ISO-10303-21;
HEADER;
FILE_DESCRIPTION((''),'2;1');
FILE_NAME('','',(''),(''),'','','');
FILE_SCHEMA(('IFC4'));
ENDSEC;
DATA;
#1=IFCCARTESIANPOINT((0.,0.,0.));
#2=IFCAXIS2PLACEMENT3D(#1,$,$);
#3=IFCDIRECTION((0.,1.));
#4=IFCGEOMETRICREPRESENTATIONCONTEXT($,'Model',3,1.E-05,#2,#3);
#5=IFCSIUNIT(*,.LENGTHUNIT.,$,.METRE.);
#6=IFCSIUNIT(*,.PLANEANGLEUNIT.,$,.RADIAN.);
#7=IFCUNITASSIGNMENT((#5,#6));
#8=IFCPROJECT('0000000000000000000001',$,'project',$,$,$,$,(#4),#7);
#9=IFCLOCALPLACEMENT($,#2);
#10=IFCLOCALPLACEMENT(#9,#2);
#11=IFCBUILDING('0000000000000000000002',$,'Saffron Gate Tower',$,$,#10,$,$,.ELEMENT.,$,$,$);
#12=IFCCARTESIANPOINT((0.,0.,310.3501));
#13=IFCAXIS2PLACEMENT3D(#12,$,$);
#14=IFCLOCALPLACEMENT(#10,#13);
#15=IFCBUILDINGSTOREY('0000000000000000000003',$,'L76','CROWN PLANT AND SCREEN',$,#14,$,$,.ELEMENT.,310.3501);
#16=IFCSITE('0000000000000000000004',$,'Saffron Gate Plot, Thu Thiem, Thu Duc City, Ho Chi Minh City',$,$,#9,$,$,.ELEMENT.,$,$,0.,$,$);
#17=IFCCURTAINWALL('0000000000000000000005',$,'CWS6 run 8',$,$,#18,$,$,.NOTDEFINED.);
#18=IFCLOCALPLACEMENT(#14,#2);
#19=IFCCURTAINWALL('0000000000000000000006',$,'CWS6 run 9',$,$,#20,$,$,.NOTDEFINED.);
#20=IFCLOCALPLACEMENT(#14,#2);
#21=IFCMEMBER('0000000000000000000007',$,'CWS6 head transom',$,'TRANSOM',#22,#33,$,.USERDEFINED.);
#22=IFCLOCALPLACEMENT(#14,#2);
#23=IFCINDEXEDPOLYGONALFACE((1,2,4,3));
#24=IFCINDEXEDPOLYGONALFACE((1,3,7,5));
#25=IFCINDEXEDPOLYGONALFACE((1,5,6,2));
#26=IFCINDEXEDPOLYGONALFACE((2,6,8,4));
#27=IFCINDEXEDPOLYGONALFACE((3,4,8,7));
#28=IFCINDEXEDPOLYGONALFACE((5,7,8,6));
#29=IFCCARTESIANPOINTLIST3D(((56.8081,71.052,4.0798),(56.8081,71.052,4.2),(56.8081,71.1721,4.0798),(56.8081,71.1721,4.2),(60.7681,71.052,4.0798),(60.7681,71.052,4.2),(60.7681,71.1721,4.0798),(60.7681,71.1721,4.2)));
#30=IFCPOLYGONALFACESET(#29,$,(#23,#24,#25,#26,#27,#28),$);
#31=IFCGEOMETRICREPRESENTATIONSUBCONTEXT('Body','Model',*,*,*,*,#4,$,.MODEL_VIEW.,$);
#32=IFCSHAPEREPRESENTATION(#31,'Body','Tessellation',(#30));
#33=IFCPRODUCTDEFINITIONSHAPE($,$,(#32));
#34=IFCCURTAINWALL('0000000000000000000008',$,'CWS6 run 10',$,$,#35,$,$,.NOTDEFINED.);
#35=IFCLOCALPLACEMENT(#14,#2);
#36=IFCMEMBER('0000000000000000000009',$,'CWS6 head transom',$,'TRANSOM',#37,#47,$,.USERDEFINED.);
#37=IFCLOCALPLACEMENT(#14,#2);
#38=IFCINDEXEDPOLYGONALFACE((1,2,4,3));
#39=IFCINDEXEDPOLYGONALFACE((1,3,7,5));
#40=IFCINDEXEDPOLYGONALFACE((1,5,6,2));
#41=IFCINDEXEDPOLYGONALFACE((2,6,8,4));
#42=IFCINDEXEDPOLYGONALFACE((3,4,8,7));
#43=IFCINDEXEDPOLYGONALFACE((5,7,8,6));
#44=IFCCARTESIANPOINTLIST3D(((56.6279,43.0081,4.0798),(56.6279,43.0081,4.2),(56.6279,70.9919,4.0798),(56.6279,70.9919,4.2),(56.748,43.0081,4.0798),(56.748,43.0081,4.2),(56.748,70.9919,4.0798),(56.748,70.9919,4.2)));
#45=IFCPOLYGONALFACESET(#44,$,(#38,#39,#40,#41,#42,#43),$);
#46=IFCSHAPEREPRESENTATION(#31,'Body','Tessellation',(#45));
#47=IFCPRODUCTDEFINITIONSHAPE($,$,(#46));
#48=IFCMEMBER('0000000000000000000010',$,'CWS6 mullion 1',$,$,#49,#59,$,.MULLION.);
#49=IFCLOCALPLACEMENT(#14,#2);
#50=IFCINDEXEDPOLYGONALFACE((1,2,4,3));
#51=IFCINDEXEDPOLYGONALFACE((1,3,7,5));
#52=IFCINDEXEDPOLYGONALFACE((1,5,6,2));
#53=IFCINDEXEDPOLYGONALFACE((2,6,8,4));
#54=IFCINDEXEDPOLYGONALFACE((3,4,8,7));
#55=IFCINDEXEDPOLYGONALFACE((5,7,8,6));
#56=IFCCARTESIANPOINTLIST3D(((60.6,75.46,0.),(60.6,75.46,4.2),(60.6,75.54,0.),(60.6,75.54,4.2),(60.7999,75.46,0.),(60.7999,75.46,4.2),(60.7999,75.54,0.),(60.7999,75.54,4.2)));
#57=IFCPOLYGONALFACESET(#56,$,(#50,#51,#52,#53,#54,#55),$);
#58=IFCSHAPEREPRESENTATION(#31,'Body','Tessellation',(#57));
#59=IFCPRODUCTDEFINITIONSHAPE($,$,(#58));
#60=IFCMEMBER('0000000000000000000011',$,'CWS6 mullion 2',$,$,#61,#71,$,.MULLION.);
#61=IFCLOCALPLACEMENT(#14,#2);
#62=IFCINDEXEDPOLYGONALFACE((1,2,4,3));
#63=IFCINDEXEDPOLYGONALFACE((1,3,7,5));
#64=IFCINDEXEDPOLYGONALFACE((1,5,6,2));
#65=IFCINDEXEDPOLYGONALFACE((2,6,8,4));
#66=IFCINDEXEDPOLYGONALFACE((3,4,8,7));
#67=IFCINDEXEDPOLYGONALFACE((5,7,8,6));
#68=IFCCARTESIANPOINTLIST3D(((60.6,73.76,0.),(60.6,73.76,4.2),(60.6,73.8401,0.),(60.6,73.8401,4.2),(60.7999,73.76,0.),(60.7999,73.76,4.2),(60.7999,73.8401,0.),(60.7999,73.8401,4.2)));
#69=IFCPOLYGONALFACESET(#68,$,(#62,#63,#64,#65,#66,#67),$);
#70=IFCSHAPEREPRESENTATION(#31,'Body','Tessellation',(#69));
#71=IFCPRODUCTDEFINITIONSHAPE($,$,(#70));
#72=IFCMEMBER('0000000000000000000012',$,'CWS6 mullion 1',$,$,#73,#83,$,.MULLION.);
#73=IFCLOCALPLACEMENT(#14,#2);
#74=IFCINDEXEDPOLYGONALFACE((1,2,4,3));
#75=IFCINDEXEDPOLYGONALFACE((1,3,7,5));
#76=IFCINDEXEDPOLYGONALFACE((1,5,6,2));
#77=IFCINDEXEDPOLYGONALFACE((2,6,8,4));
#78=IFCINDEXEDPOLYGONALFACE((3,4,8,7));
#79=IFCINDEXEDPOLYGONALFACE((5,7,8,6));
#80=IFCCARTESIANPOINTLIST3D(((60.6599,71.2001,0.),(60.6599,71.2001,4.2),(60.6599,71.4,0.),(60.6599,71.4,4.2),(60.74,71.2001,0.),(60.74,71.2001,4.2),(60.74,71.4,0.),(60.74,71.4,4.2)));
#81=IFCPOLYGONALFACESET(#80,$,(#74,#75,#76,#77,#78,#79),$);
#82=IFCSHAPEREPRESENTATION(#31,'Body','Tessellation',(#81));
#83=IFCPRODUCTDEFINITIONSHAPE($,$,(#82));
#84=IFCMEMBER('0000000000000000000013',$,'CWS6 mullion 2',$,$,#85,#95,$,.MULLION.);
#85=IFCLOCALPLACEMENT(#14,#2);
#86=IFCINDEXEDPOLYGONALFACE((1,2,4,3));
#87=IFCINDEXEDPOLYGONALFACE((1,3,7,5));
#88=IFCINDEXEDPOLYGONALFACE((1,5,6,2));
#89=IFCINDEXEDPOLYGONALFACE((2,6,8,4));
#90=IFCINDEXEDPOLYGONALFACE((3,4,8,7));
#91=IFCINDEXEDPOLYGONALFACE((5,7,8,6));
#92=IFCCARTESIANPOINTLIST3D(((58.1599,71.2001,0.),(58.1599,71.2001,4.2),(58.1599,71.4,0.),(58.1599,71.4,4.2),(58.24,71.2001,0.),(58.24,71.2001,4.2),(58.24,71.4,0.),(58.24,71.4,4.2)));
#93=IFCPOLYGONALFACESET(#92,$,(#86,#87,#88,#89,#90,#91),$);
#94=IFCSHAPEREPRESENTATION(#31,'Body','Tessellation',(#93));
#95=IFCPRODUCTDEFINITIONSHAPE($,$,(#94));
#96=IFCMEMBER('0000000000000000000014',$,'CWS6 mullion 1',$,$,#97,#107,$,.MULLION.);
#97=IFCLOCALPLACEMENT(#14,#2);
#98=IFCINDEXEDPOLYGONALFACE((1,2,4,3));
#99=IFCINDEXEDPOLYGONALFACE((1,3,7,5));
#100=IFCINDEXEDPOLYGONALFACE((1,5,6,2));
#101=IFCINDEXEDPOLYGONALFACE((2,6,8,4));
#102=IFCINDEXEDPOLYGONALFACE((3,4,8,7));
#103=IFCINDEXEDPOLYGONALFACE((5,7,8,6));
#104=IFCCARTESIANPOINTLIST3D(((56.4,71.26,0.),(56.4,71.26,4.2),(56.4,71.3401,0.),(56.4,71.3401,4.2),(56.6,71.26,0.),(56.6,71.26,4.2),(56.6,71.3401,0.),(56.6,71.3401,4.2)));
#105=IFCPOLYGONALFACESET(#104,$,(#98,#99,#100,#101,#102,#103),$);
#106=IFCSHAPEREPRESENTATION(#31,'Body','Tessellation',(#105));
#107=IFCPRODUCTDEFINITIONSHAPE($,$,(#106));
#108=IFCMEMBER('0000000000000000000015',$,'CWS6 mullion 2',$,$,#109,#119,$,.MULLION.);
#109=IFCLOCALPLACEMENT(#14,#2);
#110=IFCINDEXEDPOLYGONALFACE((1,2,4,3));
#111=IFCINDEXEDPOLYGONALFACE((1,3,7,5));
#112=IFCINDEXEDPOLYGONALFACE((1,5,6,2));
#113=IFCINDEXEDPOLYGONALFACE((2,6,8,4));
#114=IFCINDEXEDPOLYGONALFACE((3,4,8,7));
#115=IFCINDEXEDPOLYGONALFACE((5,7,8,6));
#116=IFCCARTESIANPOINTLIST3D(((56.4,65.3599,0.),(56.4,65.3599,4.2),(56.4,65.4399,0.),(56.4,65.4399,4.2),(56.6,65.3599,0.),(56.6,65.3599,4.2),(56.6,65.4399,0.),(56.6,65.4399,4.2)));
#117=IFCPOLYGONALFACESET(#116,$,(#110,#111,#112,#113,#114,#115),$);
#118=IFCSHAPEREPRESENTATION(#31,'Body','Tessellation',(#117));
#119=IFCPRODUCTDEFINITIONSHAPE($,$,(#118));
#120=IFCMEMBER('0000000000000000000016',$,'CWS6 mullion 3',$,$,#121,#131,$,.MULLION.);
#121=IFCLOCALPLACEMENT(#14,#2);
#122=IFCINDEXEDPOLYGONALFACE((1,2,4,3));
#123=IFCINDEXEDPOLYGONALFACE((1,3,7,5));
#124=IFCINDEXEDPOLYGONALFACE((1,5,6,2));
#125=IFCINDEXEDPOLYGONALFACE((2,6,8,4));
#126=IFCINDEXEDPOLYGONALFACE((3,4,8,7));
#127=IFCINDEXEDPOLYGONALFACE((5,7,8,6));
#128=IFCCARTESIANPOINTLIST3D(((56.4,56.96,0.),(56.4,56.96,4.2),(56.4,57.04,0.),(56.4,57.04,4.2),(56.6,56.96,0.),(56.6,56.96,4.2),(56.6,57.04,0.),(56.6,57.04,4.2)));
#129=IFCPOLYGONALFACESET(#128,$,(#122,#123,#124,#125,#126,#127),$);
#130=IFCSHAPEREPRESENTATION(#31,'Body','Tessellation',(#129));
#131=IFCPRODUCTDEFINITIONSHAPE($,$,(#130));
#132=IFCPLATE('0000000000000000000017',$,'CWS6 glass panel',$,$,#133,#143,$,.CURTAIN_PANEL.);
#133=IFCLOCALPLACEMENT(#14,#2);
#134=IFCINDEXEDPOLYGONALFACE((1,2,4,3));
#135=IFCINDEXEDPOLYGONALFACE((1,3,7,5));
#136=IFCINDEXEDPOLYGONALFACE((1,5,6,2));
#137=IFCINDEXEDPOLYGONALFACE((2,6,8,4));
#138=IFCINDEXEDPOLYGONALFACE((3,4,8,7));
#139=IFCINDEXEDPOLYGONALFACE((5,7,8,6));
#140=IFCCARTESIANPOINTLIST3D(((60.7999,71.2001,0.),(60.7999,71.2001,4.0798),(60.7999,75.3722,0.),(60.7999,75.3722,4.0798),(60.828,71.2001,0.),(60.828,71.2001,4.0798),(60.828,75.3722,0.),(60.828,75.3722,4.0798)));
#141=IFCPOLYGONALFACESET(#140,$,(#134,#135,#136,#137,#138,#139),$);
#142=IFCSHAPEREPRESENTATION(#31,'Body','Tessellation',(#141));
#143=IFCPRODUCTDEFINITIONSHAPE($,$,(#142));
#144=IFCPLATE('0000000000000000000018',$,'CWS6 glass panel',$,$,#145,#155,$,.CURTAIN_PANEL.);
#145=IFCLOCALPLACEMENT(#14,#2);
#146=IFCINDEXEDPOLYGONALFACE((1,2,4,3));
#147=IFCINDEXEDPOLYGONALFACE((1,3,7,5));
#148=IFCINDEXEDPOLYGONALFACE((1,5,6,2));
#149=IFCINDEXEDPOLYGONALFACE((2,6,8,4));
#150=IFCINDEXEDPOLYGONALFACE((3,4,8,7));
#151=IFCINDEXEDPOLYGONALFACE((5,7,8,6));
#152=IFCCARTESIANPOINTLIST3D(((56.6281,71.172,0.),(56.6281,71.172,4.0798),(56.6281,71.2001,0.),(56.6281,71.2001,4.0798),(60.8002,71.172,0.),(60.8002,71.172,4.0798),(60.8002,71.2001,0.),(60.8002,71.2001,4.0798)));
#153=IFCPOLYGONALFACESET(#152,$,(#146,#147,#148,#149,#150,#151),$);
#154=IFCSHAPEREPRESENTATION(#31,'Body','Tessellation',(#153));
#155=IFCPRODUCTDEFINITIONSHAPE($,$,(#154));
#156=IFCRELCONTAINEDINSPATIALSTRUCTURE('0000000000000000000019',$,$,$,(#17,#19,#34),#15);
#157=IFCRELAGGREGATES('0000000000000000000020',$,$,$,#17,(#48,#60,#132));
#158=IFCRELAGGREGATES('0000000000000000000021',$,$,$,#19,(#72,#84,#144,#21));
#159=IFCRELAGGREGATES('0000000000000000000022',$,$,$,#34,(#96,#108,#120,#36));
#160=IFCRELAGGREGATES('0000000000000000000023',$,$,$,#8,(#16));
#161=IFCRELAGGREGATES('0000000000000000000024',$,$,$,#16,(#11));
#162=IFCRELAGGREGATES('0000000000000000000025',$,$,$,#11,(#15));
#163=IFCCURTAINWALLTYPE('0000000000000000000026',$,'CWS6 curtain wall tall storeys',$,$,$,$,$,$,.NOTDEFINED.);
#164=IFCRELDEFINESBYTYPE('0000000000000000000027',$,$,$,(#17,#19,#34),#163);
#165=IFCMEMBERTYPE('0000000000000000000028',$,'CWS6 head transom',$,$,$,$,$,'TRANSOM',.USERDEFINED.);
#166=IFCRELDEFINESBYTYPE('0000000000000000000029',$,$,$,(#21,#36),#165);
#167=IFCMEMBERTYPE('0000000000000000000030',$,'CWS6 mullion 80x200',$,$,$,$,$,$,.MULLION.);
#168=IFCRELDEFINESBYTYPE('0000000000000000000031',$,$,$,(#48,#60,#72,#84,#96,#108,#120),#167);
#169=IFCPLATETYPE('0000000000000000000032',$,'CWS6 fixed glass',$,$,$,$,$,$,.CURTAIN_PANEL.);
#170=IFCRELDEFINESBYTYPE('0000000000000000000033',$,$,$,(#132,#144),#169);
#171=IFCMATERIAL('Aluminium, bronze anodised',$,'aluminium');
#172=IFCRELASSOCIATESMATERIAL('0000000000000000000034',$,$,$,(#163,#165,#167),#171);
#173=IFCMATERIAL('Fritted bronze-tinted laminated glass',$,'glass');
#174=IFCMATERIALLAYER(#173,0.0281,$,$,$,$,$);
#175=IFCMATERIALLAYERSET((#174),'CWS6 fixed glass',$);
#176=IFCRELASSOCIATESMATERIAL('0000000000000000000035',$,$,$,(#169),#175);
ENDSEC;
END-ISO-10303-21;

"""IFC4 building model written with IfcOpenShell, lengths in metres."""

from ifc_helpers import new_model, si_unit, direction, frame, frame_2d, origin, origin_2d, place, context, subcontext, project, spatial, rectangle, extrude, material, layer, layer_set, material_profile, profile_set, type_object, element, aggregate, save


model = new_model("IFC4")

# Units and contexts
model_context = context("Model", 3, precision=1e-05, world=origin(), true_north=direction((0.0, 1.0)))
body_context = subcontext(model_context, "Body", "Model", "MODEL_VIEW")
ifc_project = project(units=[si_unit("LENGTHUNIT", "METRE"), si_unit("PLANEANGLEUNIT", "RADIAN")], contexts=[model_context])

# Site, building, storey
site_placement = place(None, origin())
site = spatial("IfcSite", under=ifc_project, at=site_placement, Name="Saffron Gate Plot, Thu Thiem, Thu Duc City, Ho Chi Minh City", CompositionType="ELEMENT", RefElevation=0.0)
building_placement = place(site_placement, origin())
building = spatial("IfcBuilding", under=site, at=building_placement, Name="Saffron Gate Tower", CompositionType="ELEMENT")
storey_placement = place(building_placement, frame((0.0, 0.0, 310.3501)))
storey = spatial("IfcBuildingStorey", under=building, at=storey_placement, Name="L76", Description="CROWN PLANT AND SCREEN", CompositionType="ELEMENT", Elevation=310.3501)

# Curtain walls, members
ifc_material_1 = material(Name="Aluminium, bronze anodised", Category="aluminium")
curtain_wall_type = type_object("IfcCurtainWallType", Name="CWS6 curtain wall tall storeys", PredefinedType="NOTDEFINED", material=ifc_material_1)
curtain_wall_1_placement = place(storey_placement, origin())
curtain_wall_1 = element("IfcCurtainWall", 1, at=curtain_wall_1_placement, inside=storey, type_object=curtain_wall_type, Name="CWS6 run 8", PredefinedType="NOTDEFINED")
ifc_material_profile_1 = material_profile(ifc_material_1, rectangle(XDim=0.1201, YDim=0.1201, at=origin_2d()))
ifc_profile_set_1 = profile_set([ifc_material_profile_1], Name="Aluminium, bronze anodised")
member_type_1 = type_object("IfcMemberType", Name="CWS6 head transom", ElementType="TRANSOM", PredefinedType="USERDEFINED", material=ifc_profile_set_1)
curtain_wall_2_placement = place(storey_placement, origin())
curtain_wall_2 = element("IfcCurtainWall", 2, at=curtain_wall_2_placement, inside=storey, type_object=curtain_wall_type, Name="CWS6 run 9", PredefinedType="NOTDEFINED")
member_1_placement = place(storey_placement, frame((60.7681, 71.1121, 4.1399), z_axis=(-1.0, 0.0, 0.0), x_axis=(0.0, -1.0, 0.0)))
member_1 = element("IfcMember", 3, at=member_1_placement, type_object=member_type_1, Name="CWS6 head transom", ObjectType="TRANSOM", PredefinedType="USERDEFINED", context=body_context, shape_type="SweptSolid", body=[
    extrude(rectangle(XDim=0.1201, YDim=0.1201, at=origin_2d()), origin(), (0.0, 0.0, 1.0), 3.96),
])
curtain_wall_3_placement = place(storey_placement, origin())
curtain_wall_3 = element("IfcCurtainWall", 4, at=curtain_wall_3_placement, inside=storey, type_object=curtain_wall_type, Name="CWS6 run 10", PredefinedType="NOTDEFINED")
member_2_placement = place(storey_placement, frame((56.688, 70.9919, 4.1399), z_axis=(0.0, -1.0, 0.0), x_axis=(1.0, 0.0, 0.0)))
member_2 = element("IfcMember", 5, at=member_2_placement, type_object=member_type_1, Name="CWS6 head transom", ObjectType="TRANSOM", PredefinedType="USERDEFINED", context=body_context, shape_type="SweptSolid", body=[
    extrude(rectangle(XDim=0.1201, YDim=0.1201, at=origin_2d()), origin(), (0.0, 0.0, 1.0), 27.9839),
])

# Members
ifc_material_profile_2 = material_profile(ifc_material_1, rectangle(XDim=0.2, YDim=0.0801, at=origin_2d()))
ifc_profile_set_2 = profile_set([ifc_material_profile_2], Name="Aluminium, bronze anodised")
member_type_2 = type_object("IfcMemberType", Name="CWS6 mullion 80x200", PredefinedType="MULLION", material=ifc_profile_set_2)
member_3_placement = place(storey_placement, frame((60.7, 75.5, 0.0), z_axis=(0.0, 0.0, 1.0), x_axis=(1.0, 0.0, 0.0)))
member_3 = element("IfcMember", 6, at=member_3_placement, type_object=member_type_2, Name="CWS6 mullion 1", PredefinedType="MULLION", context=body_context, shape_type="SweptSolid", body=[
    extrude(rectangle(XDim=0.2, YDim=0.0801, at=origin_2d()), origin(), (0.0, 0.0, 1.0), 4.2),
])
member_4_placement = place(storey_placement, frame((60.7, 73.8, 0.0), z_axis=(0.0, 0.0, 1.0), x_axis=(1.0, 0.0, 0.0)))
member_4 = element("IfcMember", 7, at=member_4_placement, type_object=member_type_2, Name="CWS6 mullion 2", PredefinedType="MULLION", context=body_context, shape_type="SweptSolid", body=[
    extrude(rectangle(XDim=0.2, YDim=0.0801, at=origin_2d()), origin(), (0.0, 0.0, 1.0), 4.2),
])
member_5_placement = place(storey_placement, frame((60.7, 71.3, 0.0), z_axis=(0.0, 0.0, 1.0), x_axis=(0.0, -1.0, 0.0)))
member_5 = element("IfcMember", 8, at=member_5_placement, type_object=member_type_2, Name="CWS6 mullion 1", PredefinedType="MULLION", context=body_context, shape_type="SweptSolid", body=[
    extrude(rectangle(XDim=0.2, YDim=0.0801, at=origin_2d()), origin(), (0.0, 0.0, 1.0), 4.2),
])
member_6_placement = place(storey_placement, frame((58.2, 71.3, 0.0), z_axis=(0.0, 0.0, 1.0), x_axis=(0.0, -1.0, 0.0)))
member_6 = element("IfcMember", 9, at=member_6_placement, type_object=member_type_2, Name="CWS6 mullion 2", PredefinedType="MULLION", context=body_context, shape_type="SweptSolid", body=[
    extrude(rectangle(XDim=0.2, YDim=0.0801, at=origin_2d()), origin(), (0.0, 0.0, 1.0), 4.2),
])
member_7_placement = place(storey_placement, frame((56.5, 71.3, 0.0), z_axis=(0.0, 0.0, 1.0), x_axis=(1.0, 0.0, 0.0)))
member_7 = element("IfcMember", 10, at=member_7_placement, type_object=member_type_2, Name="CWS6 mullion 1", PredefinedType="MULLION", context=body_context, shape_type="SweptSolid", body=[
    extrude(rectangle(XDim=0.2, YDim=0.0801, at=origin_2d()), origin(), (0.0, 0.0, 1.0), 4.2),
])
member_8_placement = place(storey_placement, frame((56.5, 65.3999, 0.0), z_axis=(0.0, 0.0, 1.0), x_axis=(1.0, 0.0, 0.0)))
member_8 = element("IfcMember", 11, at=member_8_placement, type_object=member_type_2, Name="CWS6 mullion 2", PredefinedType="MULLION", context=body_context, shape_type="SweptSolid", body=[
    extrude(rectangle(XDim=0.2, YDim=0.0801, at=origin_2d()), origin(), (0.0, 0.0, 1.0), 4.2),
])
member_9_placement = place(storey_placement, frame((56.5, 57.0, 0.0), z_axis=(0.0, 0.0, 1.0), x_axis=(1.0, 0.0, 0.0)))
member_9 = element("IfcMember", 12, at=member_9_placement, type_object=member_type_2, Name="CWS6 mullion 3", PredefinedType="MULLION", context=body_context, shape_type="SweptSolid", body=[
    extrude(rectangle(XDim=0.2, YDim=0.0801, at=origin_2d()), origin(), (0.0, 0.0, 1.0), 4.2),
])

# Plates
ifc_material_2 = material(Name="Fritted bronze-tinted laminated glass", Category="glass")
ifc_layer_1 = layer(ifc_material_2, 0.0281)
ifc_layer_set_1 = layer_set([ifc_layer_1], Name="CWS6 fixed glass")
plate_type = type_object("IfcPlateType", Name="CWS6 fixed glass", PredefinedType="CURTAIN_PANEL", material=ifc_layer_set_1)
plate_1_placement = place(storey_placement, frame((60.814, 75.3721, 0.0), z_axis=(0.0, 0.0, 1.0), x_axis=(0.0, -1.0, 0.0)))
plate_1 = element("IfcPlate", 13, at=plate_1_placement, type_object=plate_type, Name="CWS6 glass panel", PredefinedType="CURTAIN_PANEL", context=body_context, shape_type="SweptSolid", body=[
    extrude(rectangle(XDim=4.1721, YDim=0.0281, at=frame_2d((2.0859, 0.0))), origin(), (0.0, 0.0, 1.0), 4.0798),
])
aggregate(curtain_wall_1, [member_3, member_4, plate_1])
plate_2_placement = place(storey_placement, frame((60.8, 71.186, 0.0), z_axis=(0.0, 0.0, 1.0), x_axis=(-1.0, 0.0, 0.0)))
plate_2 = element("IfcPlate", 14, at=plate_2_placement, type_object=plate_type, Name="CWS6 glass panel", PredefinedType="CURTAIN_PANEL", context=body_context, shape_type="SweptSolid", body=[
    extrude(rectangle(XDim=4.1721, YDim=0.0281, at=frame_2d((2.0859, 0.0))), origin(), (0.0, 0.0, 1.0), 4.0798),
])
aggregate(curtain_wall_2, [member_5, member_6, plate_2, member_1])

aggregate(curtain_wall_3, [member_7, member_8, member_9, member_2])

save(model, "model.ifc")
